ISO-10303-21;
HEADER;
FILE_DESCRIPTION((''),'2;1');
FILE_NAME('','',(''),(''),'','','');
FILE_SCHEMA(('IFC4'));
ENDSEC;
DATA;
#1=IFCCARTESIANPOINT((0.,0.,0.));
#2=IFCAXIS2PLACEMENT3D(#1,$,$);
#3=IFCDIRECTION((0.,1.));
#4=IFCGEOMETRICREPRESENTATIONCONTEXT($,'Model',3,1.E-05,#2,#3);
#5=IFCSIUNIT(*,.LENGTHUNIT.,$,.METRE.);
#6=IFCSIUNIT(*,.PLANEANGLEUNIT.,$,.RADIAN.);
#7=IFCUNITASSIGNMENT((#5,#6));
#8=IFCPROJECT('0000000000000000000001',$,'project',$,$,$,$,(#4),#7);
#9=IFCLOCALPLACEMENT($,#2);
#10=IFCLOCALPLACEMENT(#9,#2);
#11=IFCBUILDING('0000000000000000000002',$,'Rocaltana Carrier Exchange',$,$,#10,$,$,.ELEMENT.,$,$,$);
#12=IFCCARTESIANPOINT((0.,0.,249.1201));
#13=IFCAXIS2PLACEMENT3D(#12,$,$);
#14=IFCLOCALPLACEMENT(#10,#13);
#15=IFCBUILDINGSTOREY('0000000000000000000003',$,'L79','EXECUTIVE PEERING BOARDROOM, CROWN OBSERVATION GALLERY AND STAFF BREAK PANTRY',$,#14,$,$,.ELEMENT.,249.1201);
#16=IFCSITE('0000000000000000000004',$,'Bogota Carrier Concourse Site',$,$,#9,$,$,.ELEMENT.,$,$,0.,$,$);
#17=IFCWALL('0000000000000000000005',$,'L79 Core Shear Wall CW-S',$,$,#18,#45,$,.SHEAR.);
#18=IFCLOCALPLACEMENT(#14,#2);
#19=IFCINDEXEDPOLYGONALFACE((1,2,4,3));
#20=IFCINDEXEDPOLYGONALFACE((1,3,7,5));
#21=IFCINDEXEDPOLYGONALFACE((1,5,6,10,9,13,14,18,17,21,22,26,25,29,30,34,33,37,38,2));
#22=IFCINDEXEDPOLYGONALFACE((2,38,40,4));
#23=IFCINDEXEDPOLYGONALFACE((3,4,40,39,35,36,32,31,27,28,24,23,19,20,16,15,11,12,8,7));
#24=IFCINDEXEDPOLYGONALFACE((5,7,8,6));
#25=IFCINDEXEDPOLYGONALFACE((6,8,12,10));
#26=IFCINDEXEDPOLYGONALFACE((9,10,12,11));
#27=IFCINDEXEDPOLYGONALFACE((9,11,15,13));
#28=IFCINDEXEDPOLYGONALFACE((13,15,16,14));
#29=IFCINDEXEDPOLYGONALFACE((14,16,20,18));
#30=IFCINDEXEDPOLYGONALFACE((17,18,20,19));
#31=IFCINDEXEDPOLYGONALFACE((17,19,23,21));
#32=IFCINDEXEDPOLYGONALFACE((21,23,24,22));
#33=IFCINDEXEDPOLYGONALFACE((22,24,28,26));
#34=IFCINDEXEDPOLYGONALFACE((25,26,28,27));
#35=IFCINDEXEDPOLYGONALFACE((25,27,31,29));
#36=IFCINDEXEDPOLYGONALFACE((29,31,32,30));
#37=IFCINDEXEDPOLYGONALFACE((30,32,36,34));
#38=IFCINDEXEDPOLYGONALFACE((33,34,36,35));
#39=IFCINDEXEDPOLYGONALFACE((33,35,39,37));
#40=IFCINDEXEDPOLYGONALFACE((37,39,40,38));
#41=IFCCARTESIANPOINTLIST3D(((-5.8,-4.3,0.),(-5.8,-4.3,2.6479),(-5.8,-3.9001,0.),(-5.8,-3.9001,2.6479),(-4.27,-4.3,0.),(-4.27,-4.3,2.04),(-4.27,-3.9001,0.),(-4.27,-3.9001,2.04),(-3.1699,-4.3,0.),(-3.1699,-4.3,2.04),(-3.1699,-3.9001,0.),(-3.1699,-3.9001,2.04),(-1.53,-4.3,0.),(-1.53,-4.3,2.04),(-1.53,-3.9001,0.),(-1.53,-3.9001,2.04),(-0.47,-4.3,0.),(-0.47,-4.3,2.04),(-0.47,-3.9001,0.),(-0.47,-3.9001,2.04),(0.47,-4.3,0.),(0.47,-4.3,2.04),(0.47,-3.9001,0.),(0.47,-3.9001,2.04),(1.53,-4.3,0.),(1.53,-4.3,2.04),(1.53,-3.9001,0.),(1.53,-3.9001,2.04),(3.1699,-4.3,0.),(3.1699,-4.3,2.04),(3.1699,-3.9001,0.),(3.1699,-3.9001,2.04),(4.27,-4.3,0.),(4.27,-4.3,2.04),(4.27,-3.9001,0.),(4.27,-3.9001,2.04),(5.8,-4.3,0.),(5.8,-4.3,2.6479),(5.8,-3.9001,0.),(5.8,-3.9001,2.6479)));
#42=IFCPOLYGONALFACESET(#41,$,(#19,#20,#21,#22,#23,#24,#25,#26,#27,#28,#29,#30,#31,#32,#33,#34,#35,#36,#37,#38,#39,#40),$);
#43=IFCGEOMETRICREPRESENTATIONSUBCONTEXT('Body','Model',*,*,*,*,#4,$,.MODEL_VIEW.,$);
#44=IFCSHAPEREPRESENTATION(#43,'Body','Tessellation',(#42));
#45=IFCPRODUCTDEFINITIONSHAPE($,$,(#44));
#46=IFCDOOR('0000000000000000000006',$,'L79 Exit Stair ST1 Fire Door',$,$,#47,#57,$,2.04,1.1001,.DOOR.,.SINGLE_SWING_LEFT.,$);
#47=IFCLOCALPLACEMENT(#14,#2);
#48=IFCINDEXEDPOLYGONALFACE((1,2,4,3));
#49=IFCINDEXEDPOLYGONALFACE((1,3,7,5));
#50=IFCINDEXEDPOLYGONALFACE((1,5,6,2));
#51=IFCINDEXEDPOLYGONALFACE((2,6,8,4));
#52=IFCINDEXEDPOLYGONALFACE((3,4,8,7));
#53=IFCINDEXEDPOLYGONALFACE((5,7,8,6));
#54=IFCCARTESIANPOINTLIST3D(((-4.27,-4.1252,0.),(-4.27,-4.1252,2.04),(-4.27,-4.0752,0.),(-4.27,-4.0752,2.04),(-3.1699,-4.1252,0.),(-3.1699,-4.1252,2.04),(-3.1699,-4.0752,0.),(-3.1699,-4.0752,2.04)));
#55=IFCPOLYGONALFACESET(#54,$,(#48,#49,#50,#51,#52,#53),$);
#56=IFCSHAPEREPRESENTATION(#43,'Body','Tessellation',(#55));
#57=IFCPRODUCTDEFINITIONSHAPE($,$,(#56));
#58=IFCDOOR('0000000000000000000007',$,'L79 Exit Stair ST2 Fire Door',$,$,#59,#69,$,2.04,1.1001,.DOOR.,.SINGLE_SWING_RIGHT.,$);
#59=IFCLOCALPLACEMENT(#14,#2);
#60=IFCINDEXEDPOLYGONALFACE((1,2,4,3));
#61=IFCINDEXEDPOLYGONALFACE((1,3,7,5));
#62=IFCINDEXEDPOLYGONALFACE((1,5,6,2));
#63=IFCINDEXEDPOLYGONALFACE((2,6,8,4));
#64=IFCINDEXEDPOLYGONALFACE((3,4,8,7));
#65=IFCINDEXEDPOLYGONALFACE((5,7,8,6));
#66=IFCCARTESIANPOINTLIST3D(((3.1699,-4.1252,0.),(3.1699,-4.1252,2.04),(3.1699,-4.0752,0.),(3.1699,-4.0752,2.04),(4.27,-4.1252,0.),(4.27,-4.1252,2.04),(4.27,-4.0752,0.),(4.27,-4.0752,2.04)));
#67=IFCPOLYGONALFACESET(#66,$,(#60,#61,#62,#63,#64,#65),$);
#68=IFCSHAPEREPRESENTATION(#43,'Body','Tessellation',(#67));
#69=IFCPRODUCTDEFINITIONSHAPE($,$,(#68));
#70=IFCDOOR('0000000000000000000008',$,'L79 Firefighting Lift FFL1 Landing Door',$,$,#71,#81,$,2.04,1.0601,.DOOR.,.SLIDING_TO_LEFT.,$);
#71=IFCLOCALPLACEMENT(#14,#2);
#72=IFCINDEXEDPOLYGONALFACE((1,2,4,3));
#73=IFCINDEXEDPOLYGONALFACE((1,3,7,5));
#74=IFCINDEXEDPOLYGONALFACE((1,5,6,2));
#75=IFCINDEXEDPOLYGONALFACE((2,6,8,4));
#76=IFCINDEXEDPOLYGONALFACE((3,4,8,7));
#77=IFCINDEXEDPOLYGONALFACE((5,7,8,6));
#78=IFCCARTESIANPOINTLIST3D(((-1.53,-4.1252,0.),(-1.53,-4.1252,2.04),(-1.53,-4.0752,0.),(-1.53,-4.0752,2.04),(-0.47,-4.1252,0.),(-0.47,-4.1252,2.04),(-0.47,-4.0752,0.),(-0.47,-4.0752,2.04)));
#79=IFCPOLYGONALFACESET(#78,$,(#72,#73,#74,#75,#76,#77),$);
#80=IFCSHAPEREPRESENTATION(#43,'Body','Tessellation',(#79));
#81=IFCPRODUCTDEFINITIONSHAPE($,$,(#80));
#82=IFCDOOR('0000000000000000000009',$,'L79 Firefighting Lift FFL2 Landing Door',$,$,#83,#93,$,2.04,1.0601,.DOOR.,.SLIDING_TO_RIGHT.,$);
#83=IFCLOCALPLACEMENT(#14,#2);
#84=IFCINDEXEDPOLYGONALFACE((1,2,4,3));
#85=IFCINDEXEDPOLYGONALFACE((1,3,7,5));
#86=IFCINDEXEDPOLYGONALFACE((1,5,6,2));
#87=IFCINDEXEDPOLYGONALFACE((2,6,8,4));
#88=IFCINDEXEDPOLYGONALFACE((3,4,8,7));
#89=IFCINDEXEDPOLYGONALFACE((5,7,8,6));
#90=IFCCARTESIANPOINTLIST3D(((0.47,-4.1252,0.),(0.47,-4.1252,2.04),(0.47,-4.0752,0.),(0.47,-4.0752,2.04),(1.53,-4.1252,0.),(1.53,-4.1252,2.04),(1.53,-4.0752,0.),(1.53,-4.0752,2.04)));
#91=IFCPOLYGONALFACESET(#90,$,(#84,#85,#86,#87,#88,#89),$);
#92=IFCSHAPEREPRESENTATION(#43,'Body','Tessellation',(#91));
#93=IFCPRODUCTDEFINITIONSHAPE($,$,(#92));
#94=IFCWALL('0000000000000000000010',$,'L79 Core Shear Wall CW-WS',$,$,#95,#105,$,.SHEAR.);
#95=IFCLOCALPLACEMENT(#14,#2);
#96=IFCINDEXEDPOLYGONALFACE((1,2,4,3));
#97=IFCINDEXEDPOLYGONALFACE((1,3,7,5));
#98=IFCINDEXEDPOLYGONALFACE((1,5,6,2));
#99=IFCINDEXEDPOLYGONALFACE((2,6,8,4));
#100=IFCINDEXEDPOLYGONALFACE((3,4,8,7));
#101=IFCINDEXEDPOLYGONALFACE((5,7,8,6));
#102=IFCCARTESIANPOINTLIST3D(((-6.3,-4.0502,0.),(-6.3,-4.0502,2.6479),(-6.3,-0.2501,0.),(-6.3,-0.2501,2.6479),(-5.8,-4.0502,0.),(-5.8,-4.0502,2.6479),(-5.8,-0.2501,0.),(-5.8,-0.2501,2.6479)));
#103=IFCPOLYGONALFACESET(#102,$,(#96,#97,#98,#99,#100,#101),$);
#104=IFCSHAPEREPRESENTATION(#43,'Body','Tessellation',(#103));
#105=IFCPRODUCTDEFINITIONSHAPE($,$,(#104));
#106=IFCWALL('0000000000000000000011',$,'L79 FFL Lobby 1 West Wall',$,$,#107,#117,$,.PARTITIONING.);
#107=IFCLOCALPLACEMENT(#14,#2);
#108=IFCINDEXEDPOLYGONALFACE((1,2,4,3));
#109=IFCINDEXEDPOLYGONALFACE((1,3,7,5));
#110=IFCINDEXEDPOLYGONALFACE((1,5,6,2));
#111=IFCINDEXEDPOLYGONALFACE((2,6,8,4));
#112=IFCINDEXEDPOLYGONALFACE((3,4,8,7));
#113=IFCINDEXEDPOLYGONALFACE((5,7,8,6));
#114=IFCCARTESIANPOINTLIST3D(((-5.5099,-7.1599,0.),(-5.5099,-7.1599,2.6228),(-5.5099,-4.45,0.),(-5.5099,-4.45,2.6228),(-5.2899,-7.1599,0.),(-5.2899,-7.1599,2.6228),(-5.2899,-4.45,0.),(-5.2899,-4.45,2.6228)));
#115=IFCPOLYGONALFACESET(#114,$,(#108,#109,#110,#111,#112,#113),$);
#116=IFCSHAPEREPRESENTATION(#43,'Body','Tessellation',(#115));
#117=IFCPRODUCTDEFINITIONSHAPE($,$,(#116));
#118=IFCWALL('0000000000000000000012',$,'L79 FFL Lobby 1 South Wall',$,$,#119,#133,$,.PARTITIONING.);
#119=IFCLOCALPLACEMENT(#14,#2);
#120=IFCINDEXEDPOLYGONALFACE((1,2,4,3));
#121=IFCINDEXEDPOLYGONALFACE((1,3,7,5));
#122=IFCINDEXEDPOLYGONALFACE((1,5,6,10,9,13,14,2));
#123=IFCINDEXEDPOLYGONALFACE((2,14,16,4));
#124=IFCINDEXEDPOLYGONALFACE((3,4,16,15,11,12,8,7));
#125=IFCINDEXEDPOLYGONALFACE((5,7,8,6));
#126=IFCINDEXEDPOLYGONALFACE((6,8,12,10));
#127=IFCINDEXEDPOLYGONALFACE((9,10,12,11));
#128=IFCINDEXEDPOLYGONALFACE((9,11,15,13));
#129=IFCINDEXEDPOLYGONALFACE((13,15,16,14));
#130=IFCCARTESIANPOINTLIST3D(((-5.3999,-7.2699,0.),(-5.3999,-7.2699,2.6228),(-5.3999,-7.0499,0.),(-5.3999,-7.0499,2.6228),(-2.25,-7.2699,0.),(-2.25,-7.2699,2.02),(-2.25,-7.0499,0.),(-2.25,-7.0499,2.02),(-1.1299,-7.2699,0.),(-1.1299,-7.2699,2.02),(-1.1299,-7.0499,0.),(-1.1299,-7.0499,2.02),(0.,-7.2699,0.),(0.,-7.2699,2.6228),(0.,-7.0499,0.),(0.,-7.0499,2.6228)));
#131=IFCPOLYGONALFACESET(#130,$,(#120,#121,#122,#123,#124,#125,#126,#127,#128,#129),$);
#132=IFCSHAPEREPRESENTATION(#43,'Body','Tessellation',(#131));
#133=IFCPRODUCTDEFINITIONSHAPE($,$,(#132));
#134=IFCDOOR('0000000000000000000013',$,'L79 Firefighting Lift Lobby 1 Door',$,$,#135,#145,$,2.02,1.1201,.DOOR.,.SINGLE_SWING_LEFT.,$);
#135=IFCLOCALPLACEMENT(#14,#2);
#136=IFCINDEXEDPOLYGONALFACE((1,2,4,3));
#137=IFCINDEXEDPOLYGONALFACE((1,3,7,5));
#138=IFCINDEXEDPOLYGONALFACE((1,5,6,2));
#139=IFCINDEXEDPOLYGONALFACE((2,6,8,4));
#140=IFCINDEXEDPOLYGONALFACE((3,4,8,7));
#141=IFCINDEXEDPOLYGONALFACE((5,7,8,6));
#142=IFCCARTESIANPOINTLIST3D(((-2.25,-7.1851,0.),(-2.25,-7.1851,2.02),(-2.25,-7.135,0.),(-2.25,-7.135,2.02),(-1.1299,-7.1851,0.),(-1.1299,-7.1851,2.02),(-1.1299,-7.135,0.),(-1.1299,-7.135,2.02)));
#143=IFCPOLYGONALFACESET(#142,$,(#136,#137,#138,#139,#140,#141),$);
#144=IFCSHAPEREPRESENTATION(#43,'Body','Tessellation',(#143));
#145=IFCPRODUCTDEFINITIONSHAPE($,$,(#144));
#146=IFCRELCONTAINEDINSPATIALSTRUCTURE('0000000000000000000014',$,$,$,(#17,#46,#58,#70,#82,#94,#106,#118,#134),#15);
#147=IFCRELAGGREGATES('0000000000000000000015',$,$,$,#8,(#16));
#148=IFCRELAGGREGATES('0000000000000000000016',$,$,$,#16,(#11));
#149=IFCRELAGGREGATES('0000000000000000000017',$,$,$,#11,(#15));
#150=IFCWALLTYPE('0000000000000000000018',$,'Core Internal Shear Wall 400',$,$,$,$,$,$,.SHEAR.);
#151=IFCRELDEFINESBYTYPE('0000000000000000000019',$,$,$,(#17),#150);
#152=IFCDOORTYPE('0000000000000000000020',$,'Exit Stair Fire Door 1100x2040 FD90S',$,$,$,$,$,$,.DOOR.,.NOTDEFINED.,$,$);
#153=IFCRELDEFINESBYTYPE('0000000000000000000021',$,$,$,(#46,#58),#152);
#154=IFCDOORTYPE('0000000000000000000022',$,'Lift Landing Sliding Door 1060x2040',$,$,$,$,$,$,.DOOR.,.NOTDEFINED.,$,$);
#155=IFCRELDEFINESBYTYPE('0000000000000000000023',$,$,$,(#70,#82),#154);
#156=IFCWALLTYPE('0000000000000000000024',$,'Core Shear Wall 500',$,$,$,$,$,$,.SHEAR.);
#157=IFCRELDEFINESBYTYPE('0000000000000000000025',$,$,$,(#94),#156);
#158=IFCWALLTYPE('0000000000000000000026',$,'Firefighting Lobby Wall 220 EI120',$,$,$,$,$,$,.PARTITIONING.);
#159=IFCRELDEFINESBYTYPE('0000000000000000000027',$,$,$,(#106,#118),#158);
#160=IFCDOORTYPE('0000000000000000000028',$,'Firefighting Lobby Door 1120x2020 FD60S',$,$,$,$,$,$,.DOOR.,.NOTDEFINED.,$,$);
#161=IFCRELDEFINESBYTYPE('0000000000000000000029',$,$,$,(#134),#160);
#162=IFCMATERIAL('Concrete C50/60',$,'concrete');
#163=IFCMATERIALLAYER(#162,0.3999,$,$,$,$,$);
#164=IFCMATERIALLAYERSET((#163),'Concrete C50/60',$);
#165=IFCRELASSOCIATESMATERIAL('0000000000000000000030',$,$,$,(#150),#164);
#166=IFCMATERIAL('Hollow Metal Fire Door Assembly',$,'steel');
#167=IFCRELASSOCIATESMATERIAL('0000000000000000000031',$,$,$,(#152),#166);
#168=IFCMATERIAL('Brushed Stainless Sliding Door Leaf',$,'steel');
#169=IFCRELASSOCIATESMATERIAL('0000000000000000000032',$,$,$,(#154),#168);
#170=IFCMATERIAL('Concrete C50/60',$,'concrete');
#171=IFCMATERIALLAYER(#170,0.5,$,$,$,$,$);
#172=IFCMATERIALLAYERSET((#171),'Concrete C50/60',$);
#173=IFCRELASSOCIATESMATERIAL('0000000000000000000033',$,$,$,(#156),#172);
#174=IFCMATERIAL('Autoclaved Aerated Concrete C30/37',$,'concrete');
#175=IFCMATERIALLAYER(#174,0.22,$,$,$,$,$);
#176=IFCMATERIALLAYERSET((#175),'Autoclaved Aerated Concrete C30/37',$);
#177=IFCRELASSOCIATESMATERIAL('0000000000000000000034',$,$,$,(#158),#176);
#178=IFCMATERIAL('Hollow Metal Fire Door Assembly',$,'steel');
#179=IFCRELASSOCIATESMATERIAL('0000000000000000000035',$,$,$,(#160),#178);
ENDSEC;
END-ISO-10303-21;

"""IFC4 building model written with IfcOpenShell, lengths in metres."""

from ifc_helpers import new_model, si_unit, direction, frame, frame_2d, origin, place, context, subcontext, project, spatial, rectangle, extrude, material, layer, layer_set, type_object, element, fill, save


model = new_model("IFC4")

# Units and contexts
model_context = context("Model", 3, precision=1e-05, world=origin(), true_north=direction((0.0, 1.0)))
body_context = subcontext(model_context, "Body", "Model", "MODEL_VIEW")
ifc_project = project(units=[si_unit("LENGTHUNIT", "METRE"), si_unit("PLANEANGLEUNIT", "RADIAN")], contexts=[model_context])

# Site, building, storey
site_placement = place(None, origin())
site = spatial("IfcSite", under=ifc_project, at=site_placement, Name="Bogota Carrier Concourse Site", CompositionType="ELEMENT", RefElevation=0.0)
building_placement = place(site_placement, origin())
building = spatial("IfcBuilding", under=site, at=building_placement, Name="Rocaltana Carrier Exchange", CompositionType="ELEMENT")
storey_placement = place(building_placement, frame((0.0, 0.0, 249.1201)))
storey = spatial("IfcBuildingStorey", under=building, at=storey_placement, Name="L79", Description="EXECUTIVE PEERING BOARDROOM, CROWN OBSERVATION GALLERY AND STAFF BREAK PANTRY", CompositionType="ELEMENT", Elevation=249.1201)

# Wall, openings, doors
ifc_material_1 = material(Name="Concrete C50/60", Category="concrete")
ifc_layer_1 = layer(ifc_material_1, 0.3999)
ifc_layer_set_1 = layer_set([ifc_layer_1], Name="Concrete C50/60")
wall_type_1 = type_object("IfcWallType", Name="Core Internal Shear Wall 400", PredefinedType="SHEAR", material=ifc_layer_set_1)
wall_1_placement = place(storey_placement, frame((-5.8, -4.1001, 0.0), z_axis=(0.0, 0.0, 1.0), x_axis=(1.0, 0.0, 0.0)))
wall_1 = element("IfcWall", 1, at=wall_1_placement, inside=storey, type_object=wall_type_1, Name="L79 Core Shear Wall CW-S", PredefinedType="SHEAR", context=body_context, shape_type="SweptSolid", body=[
    extrude(rectangle(XDim=11.6001, YDim=0.3999, at=frame_2d((5.8, 0.0))), origin(), (0.0, 0.0, 1.0), 2.6479),
])
opening_1_placement = place(wall_1_placement, frame((1.53, 0.0, 0.0)))
opening_1 = element("IfcOpeningElement", 2, at=opening_1_placement, cuts=wall_1, PredefinedType="OPENING", context=body_context, shape_type="SweptSolid", body=[
    extrude(rectangle(XDim=1.1001, YDim=2.04, at=frame_2d((0.55, 1.02))), frame((0.0, 0.21, 0.0), z_axis=(0.0, -1.0, 0.0), x_axis=(1.0, 0.0, 0.0)), (0.0, 0.0, 1.0), 0.4199),
])
opening_2_placement = place(wall_1_placement, frame((8.97, 0.0, 0.0)))
opening_2 = element("IfcOpeningElement", 3, at=opening_2_placement, cuts=wall_1, PredefinedType="OPENING", context=body_context, shape_type="SweptSolid", body=[
    extrude(rectangle(XDim=1.1001, YDim=2.04, at=frame_2d((0.55, 1.02))), frame((0.0, 0.21, 0.0), z_axis=(0.0, -1.0, 0.0), x_axis=(1.0, 0.0, 0.0)), (0.0, 0.0, 1.0), 0.4199),
])
opening_3_placement = place(wall_1_placement, frame((4.27, 0.0, 0.0)))
opening_3 = element("IfcOpeningElement", 4, at=opening_3_placement, cuts=wall_1, PredefinedType="OPENING", context=body_context, shape_type="SweptSolid", body=[
    extrude(rectangle(XDim=1.0601, YDim=2.04, at=frame_2d((0.53, 1.02))), frame((0.0, 0.21, 0.0), z_axis=(0.0, -1.0, 0.0), x_axis=(1.0, 0.0, 0.0)), (0.0, 0.0, 1.0), 0.4199),
])
opening_4_placement = place(wall_1_placement, frame((6.27, 0.0, 0.0)))
opening_4 = element("IfcOpeningElement", 5, at=opening_4_placement, cuts=wall_1, PredefinedType="OPENING", context=body_context, shape_type="SweptSolid", body=[
    extrude(rectangle(XDim=1.0601, YDim=2.04, at=frame_2d((0.53, 1.02))), frame((0.0, 0.21, 0.0), z_axis=(0.0, -1.0, 0.0), x_axis=(1.0, 0.0, 0.0)), (0.0, 0.0, 1.0), 0.4199),
])
ifc_material_2 = material(Name="Hollow Metal Fire Door Assembly", Category="steel")
door_type_1 = type_object("IfcDoorType", Name="Exit Stair Fire Door 1100x2040 FD90S", OperationType="NOTDEFINED", PredefinedType="DOOR", material=ifc_material_2)
door_1_placement = place(opening_1_placement, origin())
door_1 = element("IfcDoor", 6, at=door_1_placement, inside=storey, type_object=door_type_1, Name="L79 Exit Stair ST1 Fire Door", OperationType="SINGLE_SWING_LEFT", OverallHeight=2.04, OverallWidth=1.1001, PredefinedType="DOOR", context=body_context, shape_type="SweptSolid", body=[
    extrude(rectangle(XDim=1.1001, YDim=2.04, at=frame_2d((0.55, 1.02))), frame((0.0, 0.0249, 0.0), z_axis=(0.0, -1.0, 0.0), x_axis=(1.0, 0.0, 0.0)), (0.0, 0.0, 1.0), 0.05),
])
fill(opening_1, door_1)
door_2_placement = place(opening_2_placement, origin())
door_2 = element("IfcDoor", 7, at=door_2_placement, inside=storey, type_object=door_type_1, Name="L79 Exit Stair ST2 Fire Door", OperationType="SINGLE_SWING_RIGHT", OverallHeight=2.04, OverallWidth=1.1001, PredefinedType="DOOR", context=body_context, shape_type="SweptSolid", body=[
    extrude(rectangle(XDim=1.1001, YDim=2.04, at=frame_2d((0.55, 1.02))), frame((0.0, 0.0249, 0.0), z_axis=(0.0, -1.0, 0.0), x_axis=(1.0, 0.0, 0.0)), (0.0, 0.0, 1.0), 0.05),
])
fill(opening_2, door_2)
ifc_material_3 = material(Name="Brushed Stainless Sliding Door Leaf", Category="steel")
door_type_2 = type_object("IfcDoorType", Name="Lift Landing Sliding Door 1060x2040", OperationType="NOTDEFINED", PredefinedType="DOOR", material=ifc_material_3)
door_3_placement = place(opening_3_placement, origin())
door_3 = element("IfcDoor", 8, at=door_3_placement, inside=storey, type_object=door_type_2, Name="L79 Firefighting Lift FFL1 Landing Door", OperationType="SLIDING_TO_LEFT", OverallHeight=2.04, OverallWidth=1.0601, PredefinedType="DOOR", context=body_context, shape_type="SweptSolid", body=[
    extrude(rectangle(XDim=1.0601, YDim=2.04, at=frame_2d((0.53, 1.02))), frame((0.0, 0.0249, 0.0), z_axis=(0.0, -1.0, 0.0), x_axis=(1.0, 0.0, 0.0)), (0.0, 0.0, 1.0), 0.05),
])
fill(opening_3, door_3)
door_4_placement = place(opening_4_placement, origin())
door_4 = element("IfcDoor", 9, at=door_4_placement, inside=storey, type_object=door_type_2, Name="L79 Firefighting Lift FFL2 Landing Door", OperationType="SLIDING_TO_RIGHT", OverallHeight=2.04, OverallWidth=1.0601, PredefinedType="DOOR", context=body_context, shape_type="SweptSolid", body=[
    extrude(rectangle(XDim=1.0601, YDim=2.04, at=frame_2d((0.53, 1.02))), frame((0.0, 0.0249, 0.0), z_axis=(0.0, -1.0, 0.0), x_axis=(1.0, 0.0, 0.0)), (0.0, 0.0, 1.0), 0.05),
])
fill(opening_4, door_4)

# Walls
ifc_material_4 = material(Name="Concrete C50/60", Category="concrete")
ifc_layer_2 = layer(ifc_material_4, 0.5)
ifc_layer_set_2 = layer_set([ifc_layer_2], Name="Concrete C50/60")
wall_type_2 = type_object("IfcWallType", Name="Core Shear Wall 500", PredefinedType="SHEAR", material=ifc_layer_set_2)
wall_2_placement = place(storey_placement, frame((-6.05, -4.05, 0.0), z_axis=(0.0, 0.0, 1.0), x_axis=(0.0, 1.0, 0.0)))
element("IfcWall", 10, at=wall_2_placement, inside=storey, type_object=wall_type_2, Name="L79 Core Shear Wall CW-WS", PredefinedType="SHEAR", context=body_context, shape_type="SweptSolid", body=[
    extrude(rectangle(XDim=3.8, YDim=0.5, at=frame_2d((1.8999, 0.0))), origin(), (0.0, 0.0, 1.0), 2.6479),
])
ifc_material_5 = material(Name="Autoclaved Aerated Concrete C30/37", Category="concrete")
ifc_layer_3 = layer(ifc_material_5, 0.22)
ifc_layer_set_3 = layer_set([ifc_layer_3], Name="Autoclaved Aerated Concrete C30/37")
wall_type_3 = type_object("IfcWallType", Name="Firefighting Lobby Wall 220 EI120", PredefinedType="PARTITIONING", material=ifc_layer_set_3)
wall_3_placement = place(storey_placement, frame((-5.3999, -7.1599, 0.0), z_axis=(0.0, 0.0, 1.0), x_axis=(0.0, 1.0, 0.0)))
element("IfcWall", 11, at=wall_3_placement, inside=storey, type_object=wall_type_3, Name="L79 FFL Lobby 1 West Wall", PredefinedType="PARTITIONING", context=body_context, shape_type="SweptSolid", body=[
    extrude(rectangle(XDim=2.71, YDim=0.22, at=frame_2d((1.355, 0.0))), origin(), (0.0, 0.0, 1.0), 2.6228),
])

# Wall, opening, door
wall_4_placement = place(storey_placement, frame((-5.3999, -7.1599, 0.0), z_axis=(0.0, 0.0, 1.0), x_axis=(1.0, 0.0, 0.0)))
wall_4 = element("IfcWall", 12, at=wall_4_placement, inside=storey, type_object=wall_type_3, Name="L79 FFL Lobby 1 South Wall", PredefinedType="PARTITIONING", context=body_context, shape_type="SweptSolid", body=[
    extrude(rectangle(XDim=5.3999, YDim=0.22, at=frame_2d((2.7, 0.0))), origin(), (0.0, 0.0, 1.0), 2.6228),
])
opening_5_placement = place(wall_4_placement, frame((3.1499, 0.0, 0.0)))
opening_5 = element("IfcOpeningElement", 13, at=opening_5_placement, cuts=wall_4, PredefinedType="OPENING", context=body_context, shape_type="SweptSolid", body=[
    extrude(rectangle(XDim=1.1201, YDim=2.02, at=frame_2d((0.5601, 1.01))), frame((0.0, 0.1199, 0.0), z_axis=(0.0, -1.0, 0.0), x_axis=(1.0, 0.0, 0.0)), (0.0, 0.0, 1.0), 0.24),
])
ifc_material_6 = material(Name="Hollow Metal Fire Door Assembly", Category="steel")
door_type_3 = type_object("IfcDoorType", Name="Firefighting Lobby Door 1120x2020 FD60S", OperationType="NOTDEFINED", PredefinedType="DOOR", material=ifc_material_6)
door_5_placement = place(opening_5_placement, origin())
door_5 = element("IfcDoor", 14, at=door_5_placement, inside=storey, type_object=door_type_3, Name="L79 Firefighting Lift Lobby 1 Door", OperationType="SINGLE_SWING_LEFT", OverallHeight=2.02, OverallWidth=1.1201, PredefinedType="DOOR", context=body_context, shape_type="SweptSolid", body=[
    extrude(rectangle(XDim=1.1201, YDim=2.02, at=frame_2d((0.5601, 1.01))), frame((0.0, 0.0249, 0.0), z_axis=(0.0, -1.0, 0.0), x_axis=(1.0, 0.0, 0.0)), (0.0, 0.0, 1.0), 0.05),
])
fill(opening_5, door_5)

save(model, "model.ifc")
